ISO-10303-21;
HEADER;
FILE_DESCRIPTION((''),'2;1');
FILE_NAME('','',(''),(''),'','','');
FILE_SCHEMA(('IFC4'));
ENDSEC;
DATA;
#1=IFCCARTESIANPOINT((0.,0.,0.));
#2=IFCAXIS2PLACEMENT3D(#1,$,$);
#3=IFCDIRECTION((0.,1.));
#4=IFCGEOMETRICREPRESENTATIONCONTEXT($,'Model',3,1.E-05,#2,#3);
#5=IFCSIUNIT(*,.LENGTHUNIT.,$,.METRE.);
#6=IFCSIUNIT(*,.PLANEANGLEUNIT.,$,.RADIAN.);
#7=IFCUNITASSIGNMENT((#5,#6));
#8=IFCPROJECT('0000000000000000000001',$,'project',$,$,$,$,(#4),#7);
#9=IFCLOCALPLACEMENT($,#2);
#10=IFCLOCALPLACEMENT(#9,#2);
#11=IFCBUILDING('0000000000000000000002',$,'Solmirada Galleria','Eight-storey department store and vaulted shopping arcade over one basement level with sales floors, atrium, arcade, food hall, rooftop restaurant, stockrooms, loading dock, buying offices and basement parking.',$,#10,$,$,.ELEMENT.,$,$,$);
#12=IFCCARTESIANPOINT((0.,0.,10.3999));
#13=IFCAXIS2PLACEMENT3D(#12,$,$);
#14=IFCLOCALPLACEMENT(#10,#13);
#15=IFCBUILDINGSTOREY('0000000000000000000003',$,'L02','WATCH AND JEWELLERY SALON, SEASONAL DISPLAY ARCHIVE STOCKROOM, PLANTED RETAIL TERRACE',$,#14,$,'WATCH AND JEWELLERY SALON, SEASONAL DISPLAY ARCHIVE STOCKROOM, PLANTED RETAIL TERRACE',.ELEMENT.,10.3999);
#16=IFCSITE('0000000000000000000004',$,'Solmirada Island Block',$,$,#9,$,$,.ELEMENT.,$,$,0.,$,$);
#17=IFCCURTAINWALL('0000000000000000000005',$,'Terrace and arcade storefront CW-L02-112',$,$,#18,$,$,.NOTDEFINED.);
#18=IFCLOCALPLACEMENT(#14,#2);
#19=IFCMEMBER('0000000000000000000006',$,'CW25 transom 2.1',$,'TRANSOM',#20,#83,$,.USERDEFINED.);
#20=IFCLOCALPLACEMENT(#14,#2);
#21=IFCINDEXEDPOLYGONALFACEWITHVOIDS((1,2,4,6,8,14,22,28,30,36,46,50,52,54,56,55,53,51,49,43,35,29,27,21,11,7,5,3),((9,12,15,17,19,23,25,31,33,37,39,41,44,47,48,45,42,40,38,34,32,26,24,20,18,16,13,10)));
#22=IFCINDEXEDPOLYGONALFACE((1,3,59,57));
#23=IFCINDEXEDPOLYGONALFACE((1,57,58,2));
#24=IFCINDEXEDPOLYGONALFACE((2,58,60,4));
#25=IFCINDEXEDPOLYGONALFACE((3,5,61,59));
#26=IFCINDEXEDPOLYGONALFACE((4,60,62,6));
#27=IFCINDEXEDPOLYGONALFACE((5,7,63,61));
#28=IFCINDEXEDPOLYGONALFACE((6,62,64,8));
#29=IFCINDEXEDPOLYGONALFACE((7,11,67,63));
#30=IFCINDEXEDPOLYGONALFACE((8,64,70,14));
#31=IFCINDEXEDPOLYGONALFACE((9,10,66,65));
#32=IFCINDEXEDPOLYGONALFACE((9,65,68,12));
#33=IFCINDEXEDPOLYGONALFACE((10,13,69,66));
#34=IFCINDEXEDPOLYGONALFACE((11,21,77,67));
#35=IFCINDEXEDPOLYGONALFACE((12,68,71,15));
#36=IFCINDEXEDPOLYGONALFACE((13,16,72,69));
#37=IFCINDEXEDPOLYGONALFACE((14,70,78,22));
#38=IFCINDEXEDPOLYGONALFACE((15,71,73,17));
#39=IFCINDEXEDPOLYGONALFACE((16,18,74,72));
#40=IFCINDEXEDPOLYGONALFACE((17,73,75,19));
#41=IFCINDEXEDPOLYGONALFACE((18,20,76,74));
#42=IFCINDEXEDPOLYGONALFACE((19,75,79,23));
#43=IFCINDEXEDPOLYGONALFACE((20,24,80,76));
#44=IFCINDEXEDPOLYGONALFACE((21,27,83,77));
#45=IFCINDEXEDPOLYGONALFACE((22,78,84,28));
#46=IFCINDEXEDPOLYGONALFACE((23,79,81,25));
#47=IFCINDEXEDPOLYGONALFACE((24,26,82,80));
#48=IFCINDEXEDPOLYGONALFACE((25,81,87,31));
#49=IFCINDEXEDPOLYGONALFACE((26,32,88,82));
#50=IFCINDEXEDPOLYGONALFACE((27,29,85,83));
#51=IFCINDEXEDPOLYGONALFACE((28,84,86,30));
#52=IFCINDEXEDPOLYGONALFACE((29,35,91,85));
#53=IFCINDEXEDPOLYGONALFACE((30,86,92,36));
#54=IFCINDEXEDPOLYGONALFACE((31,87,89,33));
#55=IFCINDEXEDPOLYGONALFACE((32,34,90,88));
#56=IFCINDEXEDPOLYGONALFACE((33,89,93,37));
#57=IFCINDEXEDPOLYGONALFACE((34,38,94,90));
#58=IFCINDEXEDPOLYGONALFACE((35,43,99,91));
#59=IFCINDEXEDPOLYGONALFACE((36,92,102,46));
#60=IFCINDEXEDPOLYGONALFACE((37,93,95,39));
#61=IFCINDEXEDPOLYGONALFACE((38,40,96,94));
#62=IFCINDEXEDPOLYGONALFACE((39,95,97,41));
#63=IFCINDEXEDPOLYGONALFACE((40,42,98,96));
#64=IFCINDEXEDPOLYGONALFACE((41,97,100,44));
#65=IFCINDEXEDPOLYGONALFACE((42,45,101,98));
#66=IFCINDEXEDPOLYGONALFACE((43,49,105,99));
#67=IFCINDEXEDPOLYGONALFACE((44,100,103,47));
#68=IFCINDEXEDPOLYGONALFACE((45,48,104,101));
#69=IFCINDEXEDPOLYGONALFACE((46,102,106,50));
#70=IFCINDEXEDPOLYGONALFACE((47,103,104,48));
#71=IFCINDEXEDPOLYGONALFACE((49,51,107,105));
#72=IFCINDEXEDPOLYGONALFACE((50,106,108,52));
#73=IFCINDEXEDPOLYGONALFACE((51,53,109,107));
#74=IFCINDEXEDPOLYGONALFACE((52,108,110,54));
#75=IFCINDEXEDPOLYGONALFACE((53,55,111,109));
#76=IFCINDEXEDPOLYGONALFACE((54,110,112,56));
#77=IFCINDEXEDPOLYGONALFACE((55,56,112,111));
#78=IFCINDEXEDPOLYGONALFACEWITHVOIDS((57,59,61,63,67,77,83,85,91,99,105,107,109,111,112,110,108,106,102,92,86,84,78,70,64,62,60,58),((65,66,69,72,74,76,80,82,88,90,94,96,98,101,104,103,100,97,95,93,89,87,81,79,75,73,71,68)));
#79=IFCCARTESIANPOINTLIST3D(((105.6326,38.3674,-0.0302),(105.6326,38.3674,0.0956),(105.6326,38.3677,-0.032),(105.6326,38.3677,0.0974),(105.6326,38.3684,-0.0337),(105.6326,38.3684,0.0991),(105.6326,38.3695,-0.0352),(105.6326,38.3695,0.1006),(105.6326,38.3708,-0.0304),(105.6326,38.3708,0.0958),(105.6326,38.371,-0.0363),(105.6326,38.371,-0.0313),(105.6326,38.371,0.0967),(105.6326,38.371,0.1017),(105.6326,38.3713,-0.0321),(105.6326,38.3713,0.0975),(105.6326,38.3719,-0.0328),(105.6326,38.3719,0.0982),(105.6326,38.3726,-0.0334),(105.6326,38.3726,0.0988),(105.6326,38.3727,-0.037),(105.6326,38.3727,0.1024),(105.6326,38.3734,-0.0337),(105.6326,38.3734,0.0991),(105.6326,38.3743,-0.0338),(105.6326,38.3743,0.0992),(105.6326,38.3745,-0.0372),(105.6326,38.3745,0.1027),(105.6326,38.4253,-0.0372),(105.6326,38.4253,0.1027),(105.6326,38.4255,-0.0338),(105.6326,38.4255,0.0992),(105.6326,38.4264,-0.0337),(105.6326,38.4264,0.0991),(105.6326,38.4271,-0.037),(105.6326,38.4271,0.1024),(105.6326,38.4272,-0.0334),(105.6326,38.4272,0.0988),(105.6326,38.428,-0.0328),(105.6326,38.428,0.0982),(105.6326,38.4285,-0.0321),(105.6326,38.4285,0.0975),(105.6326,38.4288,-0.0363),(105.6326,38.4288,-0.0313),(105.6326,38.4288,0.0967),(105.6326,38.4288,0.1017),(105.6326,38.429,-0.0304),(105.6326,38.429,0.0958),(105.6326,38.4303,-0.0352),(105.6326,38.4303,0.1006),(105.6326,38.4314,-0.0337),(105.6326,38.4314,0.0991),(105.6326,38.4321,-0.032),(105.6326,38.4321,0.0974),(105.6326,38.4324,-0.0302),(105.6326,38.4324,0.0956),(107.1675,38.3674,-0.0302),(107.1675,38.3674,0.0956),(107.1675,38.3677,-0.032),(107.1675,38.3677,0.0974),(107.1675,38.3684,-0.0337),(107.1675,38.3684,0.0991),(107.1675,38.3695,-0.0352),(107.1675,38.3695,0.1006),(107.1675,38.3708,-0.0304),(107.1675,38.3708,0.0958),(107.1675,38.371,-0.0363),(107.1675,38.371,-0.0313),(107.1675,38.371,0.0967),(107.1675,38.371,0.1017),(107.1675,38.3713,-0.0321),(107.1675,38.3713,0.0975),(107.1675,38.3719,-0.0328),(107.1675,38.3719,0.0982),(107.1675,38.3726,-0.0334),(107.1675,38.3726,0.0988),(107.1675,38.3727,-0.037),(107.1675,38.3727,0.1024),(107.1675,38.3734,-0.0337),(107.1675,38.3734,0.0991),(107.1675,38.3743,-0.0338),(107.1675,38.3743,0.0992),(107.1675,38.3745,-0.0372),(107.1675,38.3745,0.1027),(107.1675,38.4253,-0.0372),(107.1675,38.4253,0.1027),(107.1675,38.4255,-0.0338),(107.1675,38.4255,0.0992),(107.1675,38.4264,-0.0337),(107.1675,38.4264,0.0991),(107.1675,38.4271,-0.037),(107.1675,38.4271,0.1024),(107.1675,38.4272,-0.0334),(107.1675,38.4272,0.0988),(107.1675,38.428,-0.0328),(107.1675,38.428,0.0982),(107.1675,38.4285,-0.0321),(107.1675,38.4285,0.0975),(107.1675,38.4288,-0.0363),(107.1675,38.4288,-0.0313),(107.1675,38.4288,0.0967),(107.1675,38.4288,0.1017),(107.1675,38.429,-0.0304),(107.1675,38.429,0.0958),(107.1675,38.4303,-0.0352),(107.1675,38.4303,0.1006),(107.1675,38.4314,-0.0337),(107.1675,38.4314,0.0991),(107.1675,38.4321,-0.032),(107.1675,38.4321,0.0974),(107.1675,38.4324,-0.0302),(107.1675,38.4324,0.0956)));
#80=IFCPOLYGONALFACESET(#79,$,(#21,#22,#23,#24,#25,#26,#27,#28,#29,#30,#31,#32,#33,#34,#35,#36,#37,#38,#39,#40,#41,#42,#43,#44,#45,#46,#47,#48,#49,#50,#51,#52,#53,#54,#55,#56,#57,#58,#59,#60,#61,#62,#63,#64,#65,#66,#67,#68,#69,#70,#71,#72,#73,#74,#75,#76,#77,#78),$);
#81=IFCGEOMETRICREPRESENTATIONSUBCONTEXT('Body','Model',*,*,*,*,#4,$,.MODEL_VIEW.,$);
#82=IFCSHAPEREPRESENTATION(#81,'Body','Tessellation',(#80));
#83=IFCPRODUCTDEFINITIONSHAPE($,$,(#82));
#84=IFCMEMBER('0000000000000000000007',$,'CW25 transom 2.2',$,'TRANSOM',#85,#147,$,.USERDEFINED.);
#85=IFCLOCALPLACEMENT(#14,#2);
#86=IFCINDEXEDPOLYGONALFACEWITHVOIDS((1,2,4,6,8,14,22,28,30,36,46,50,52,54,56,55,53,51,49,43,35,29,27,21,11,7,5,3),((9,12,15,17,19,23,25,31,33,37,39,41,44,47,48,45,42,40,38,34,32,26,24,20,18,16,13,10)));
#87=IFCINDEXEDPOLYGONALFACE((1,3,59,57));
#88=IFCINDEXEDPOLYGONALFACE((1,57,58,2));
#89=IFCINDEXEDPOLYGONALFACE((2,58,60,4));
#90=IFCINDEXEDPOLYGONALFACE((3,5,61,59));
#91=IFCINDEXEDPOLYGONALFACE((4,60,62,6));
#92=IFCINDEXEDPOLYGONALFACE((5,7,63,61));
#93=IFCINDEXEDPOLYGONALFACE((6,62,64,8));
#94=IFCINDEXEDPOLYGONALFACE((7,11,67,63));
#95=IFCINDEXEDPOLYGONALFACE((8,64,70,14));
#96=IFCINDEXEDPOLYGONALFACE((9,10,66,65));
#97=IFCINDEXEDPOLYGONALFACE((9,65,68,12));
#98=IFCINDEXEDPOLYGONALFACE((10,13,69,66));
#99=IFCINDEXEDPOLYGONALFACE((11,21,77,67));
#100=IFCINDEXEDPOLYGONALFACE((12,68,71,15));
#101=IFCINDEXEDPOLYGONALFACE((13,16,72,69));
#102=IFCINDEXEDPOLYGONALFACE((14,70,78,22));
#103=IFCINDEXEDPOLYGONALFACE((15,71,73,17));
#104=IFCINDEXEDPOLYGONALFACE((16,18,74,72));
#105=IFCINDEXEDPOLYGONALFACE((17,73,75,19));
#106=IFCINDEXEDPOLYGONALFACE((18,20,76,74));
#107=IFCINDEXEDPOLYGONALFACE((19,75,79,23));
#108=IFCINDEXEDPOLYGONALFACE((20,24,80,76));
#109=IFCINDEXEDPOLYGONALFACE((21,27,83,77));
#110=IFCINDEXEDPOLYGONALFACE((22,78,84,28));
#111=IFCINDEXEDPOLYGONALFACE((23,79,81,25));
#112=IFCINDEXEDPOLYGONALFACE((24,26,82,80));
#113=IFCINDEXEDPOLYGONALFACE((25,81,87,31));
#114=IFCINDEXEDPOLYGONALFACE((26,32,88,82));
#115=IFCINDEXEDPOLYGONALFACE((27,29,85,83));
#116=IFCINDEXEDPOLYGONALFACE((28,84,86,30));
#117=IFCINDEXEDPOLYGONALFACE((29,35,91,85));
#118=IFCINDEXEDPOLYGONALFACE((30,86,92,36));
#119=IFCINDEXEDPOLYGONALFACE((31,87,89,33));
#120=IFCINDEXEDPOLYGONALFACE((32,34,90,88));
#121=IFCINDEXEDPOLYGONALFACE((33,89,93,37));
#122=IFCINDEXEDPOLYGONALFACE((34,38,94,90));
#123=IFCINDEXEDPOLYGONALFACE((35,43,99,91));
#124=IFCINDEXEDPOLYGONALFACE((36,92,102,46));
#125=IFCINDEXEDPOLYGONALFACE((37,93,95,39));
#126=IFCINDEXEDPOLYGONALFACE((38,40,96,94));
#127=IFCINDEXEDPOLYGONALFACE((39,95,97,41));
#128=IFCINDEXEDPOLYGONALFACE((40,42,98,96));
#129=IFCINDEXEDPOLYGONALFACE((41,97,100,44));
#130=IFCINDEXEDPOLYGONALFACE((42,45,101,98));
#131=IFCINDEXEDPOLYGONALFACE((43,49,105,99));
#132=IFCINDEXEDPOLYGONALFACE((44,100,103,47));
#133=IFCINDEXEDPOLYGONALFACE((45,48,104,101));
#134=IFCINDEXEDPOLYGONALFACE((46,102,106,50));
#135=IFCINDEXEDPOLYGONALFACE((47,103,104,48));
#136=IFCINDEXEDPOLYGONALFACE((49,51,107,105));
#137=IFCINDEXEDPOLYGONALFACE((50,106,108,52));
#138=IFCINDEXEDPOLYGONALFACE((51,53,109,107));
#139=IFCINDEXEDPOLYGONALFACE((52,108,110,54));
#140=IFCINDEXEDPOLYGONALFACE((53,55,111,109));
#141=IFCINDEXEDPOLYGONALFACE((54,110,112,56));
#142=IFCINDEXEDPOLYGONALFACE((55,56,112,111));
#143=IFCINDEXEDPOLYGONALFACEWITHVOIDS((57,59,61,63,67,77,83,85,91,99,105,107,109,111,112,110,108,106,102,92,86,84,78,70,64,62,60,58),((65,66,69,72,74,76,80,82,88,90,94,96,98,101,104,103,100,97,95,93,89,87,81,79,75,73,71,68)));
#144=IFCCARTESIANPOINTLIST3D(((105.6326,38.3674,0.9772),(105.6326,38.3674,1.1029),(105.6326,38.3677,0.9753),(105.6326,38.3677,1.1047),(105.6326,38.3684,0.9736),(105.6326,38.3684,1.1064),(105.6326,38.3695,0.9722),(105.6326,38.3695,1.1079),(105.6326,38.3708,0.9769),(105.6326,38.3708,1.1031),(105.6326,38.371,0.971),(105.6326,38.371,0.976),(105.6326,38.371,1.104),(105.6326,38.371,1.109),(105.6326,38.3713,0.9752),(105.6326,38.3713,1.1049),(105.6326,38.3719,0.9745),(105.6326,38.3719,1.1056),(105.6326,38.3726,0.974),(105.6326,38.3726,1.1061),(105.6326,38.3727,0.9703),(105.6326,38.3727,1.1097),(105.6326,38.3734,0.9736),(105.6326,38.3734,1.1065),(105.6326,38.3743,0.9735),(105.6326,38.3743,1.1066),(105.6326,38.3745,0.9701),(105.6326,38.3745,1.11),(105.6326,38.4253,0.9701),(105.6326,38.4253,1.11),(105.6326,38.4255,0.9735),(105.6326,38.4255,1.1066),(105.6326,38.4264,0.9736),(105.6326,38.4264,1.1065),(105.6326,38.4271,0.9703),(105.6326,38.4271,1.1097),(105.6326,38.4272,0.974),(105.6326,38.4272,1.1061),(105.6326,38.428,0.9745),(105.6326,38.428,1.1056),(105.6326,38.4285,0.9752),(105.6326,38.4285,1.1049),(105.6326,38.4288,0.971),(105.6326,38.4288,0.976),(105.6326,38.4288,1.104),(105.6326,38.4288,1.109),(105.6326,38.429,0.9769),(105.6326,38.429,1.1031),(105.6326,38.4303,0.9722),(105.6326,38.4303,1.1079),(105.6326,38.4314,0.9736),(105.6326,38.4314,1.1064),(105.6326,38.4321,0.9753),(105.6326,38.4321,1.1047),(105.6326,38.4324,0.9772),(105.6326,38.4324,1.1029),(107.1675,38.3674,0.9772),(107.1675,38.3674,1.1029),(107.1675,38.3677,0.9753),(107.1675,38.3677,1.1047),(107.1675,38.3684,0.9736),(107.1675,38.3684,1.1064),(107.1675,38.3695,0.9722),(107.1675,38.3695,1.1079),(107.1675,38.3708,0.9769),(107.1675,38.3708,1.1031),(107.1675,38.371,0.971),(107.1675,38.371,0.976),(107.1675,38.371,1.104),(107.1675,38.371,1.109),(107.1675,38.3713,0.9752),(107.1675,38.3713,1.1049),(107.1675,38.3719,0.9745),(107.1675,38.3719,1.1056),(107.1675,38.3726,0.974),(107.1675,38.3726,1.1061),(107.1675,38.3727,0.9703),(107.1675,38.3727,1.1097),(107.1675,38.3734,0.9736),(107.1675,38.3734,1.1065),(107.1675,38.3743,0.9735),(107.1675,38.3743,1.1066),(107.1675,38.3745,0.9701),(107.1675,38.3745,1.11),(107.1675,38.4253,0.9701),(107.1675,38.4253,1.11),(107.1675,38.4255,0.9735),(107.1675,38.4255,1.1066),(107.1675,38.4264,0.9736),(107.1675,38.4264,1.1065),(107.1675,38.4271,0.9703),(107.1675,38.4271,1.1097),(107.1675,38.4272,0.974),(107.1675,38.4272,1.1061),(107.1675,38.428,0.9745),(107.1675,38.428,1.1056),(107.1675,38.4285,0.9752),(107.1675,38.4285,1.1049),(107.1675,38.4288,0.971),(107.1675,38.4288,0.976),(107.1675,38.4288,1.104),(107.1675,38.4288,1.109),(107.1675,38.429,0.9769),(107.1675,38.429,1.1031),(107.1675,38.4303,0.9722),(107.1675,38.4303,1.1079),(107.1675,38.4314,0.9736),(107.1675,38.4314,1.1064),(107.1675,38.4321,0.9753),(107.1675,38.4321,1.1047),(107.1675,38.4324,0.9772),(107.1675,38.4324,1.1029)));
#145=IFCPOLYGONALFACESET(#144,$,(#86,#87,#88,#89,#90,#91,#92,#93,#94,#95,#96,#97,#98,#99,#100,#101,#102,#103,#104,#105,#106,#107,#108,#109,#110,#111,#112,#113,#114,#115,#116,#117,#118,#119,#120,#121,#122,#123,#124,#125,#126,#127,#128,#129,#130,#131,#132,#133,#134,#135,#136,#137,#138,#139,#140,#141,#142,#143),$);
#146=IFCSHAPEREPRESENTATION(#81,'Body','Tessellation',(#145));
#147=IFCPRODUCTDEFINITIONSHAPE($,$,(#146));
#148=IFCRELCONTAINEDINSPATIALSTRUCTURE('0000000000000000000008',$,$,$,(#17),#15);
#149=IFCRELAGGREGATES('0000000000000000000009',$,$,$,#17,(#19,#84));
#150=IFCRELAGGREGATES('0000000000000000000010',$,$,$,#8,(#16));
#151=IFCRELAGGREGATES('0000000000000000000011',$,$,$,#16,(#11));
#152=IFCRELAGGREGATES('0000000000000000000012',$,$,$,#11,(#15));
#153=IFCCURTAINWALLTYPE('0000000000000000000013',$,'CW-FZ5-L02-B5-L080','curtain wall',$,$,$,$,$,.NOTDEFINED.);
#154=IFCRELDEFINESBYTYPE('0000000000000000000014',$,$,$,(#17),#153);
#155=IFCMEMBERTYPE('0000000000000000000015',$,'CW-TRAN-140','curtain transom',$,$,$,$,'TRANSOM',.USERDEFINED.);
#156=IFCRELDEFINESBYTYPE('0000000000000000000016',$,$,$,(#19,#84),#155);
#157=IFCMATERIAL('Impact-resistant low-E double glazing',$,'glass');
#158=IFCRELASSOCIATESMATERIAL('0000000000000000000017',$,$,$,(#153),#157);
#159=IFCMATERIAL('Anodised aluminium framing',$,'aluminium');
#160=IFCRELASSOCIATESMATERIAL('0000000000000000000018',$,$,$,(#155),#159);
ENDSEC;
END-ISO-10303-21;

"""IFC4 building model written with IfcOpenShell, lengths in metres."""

from ifc_helpers import new_model, si_unit, direction, frame, origin, origin_2d, place, context, subcontext, project, spatial, hollow_rectangle, extrude, material, material_profile, profile_set, type_object, element, aggregate, save


model = new_model("IFC4")

# Units and contexts
model_context = context("Model", 3, precision=1e-05, world=origin(), true_north=direction((0.0, 1.0)))
body_context = subcontext(model_context, "Body", "Model", "MODEL_VIEW")
ifc_project = project(units=[si_unit("LENGTHUNIT", "METRE"), si_unit("PLANEANGLEUNIT", "RADIAN")], contexts=[model_context])

# Site, building, storey
site_placement = place(None, origin())
site = spatial("IfcSite", under=ifc_project, at=site_placement, Name="Solmirada Island Block", CompositionType="ELEMENT", RefElevation=0.0)
building_placement = place(site_placement, origin())
building = spatial("IfcBuilding", under=site, at=building_placement, Name="Solmirada Galleria", Description="Eight-storey department store and vaulted shopping arcade over one basement level with sales floors, atrium, arcade, food hall, rooftop restaurant, stockrooms, loading dock, buying offices and basement parking.", CompositionType="ELEMENT")
storey_placement = place(building_placement, frame((0.0, 0.0, 10.3999)))
storey = spatial("IfcBuildingStorey", under=building, at=storey_placement, Name="L02", Description="WATCH AND JEWELLERY SALON, SEASONAL DISPLAY ARCHIVE STOCKROOM, PLANTED RETAIL TERRACE", LongName="WATCH AND JEWELLERY SALON, SEASONAL DISPLAY ARCHIVE STOCKROOM, PLANTED RETAIL TERRACE", CompositionType="ELEMENT", Elevation=10.3999)

# Curtain wall
ifc_material_1 = material(Name="Impact-resistant low-E double glazing", Category="glass")
curtain_wall_type = type_object("IfcCurtainWallType", Name="CW-FZ5-L02-B5-L080", Description="curtain wall", PredefinedType="NOTDEFINED", material=ifc_material_1)
ifc_material_2 = material(Name="Anodised aluminium framing", Category="aluminium")
curtain_wall_1_placement = place(storey_placement, origin())
curtain_wall_1 = element("IfcCurtainWall", 1, at=curtain_wall_1_placement, inside=storey, type_object=curtain_wall_type, Name="Terrace and arcade storefront CW-L02-112", PredefinedType="NOTDEFINED")

# Members
ifc_material_profile_1 = material_profile(ifc_material_2, hollow_rectangle(XDim=0.0649, YDim=0.1399, WallThickness=0.0034, InnerFilletRadius=0.0034, OuterFilletRadius=0.0071, at=origin_2d()), Name="ALU-TRAN-140X65")
ifc_profile_set_1 = profile_set([ifc_material_profile_1], Name="Anodised aluminium framing")
member_type_1 = type_object("IfcMemberType", Name="CW-TRAN-140", Description="curtain transom", ElementType="TRANSOM", PredefinedType="USERDEFINED", material=ifc_profile_set_1)
member_1_placement = place(storey_placement, frame((105.6326, 38.3999, 0.0327), z_axis=(1.0, 0.0, 0.0), x_axis=(0.0, 1.0, 0.0)))
member_1 = element("IfcMember", 2, at=member_1_placement, type_object=member_type_1, Name="CW25 transom 2.1", ObjectType="TRANSOM", PredefinedType="USERDEFINED", context=body_context, shape_type="SweptSolid", body=[
    extrude(hollow_rectangle(XDim=0.0649, YDim=0.1399, WallThickness=0.0034, InnerFilletRadius=0.0034, OuterFilletRadius=0.0071, at=origin_2d()), origin(), (0.0, 0.0, 1.0), 1.5349),
])
member_2_placement = place(storey_placement, frame((105.6326, 38.3999, 1.04), z_axis=(1.0, 0.0, 0.0), x_axis=(0.0, 1.0, 0.0)))
member_2 = element("IfcMember", 3, at=member_2_placement, type_object=member_type_1, Name="CW25 transom 2.2", ObjectType="TRANSOM", PredefinedType="USERDEFINED", context=body_context, shape_type="SweptSolid", body=[
    extrude(hollow_rectangle(XDim=0.0649, YDim=0.1399, WallThickness=0.0034, InnerFilletRadius=0.0034, OuterFilletRadius=0.0071, at=origin_2d()), origin(), (0.0, 0.0, 1.0), 1.5349),
])

aggregate(curtain_wall_1, [member_1, member_2])

save(model, "model.ifc")
